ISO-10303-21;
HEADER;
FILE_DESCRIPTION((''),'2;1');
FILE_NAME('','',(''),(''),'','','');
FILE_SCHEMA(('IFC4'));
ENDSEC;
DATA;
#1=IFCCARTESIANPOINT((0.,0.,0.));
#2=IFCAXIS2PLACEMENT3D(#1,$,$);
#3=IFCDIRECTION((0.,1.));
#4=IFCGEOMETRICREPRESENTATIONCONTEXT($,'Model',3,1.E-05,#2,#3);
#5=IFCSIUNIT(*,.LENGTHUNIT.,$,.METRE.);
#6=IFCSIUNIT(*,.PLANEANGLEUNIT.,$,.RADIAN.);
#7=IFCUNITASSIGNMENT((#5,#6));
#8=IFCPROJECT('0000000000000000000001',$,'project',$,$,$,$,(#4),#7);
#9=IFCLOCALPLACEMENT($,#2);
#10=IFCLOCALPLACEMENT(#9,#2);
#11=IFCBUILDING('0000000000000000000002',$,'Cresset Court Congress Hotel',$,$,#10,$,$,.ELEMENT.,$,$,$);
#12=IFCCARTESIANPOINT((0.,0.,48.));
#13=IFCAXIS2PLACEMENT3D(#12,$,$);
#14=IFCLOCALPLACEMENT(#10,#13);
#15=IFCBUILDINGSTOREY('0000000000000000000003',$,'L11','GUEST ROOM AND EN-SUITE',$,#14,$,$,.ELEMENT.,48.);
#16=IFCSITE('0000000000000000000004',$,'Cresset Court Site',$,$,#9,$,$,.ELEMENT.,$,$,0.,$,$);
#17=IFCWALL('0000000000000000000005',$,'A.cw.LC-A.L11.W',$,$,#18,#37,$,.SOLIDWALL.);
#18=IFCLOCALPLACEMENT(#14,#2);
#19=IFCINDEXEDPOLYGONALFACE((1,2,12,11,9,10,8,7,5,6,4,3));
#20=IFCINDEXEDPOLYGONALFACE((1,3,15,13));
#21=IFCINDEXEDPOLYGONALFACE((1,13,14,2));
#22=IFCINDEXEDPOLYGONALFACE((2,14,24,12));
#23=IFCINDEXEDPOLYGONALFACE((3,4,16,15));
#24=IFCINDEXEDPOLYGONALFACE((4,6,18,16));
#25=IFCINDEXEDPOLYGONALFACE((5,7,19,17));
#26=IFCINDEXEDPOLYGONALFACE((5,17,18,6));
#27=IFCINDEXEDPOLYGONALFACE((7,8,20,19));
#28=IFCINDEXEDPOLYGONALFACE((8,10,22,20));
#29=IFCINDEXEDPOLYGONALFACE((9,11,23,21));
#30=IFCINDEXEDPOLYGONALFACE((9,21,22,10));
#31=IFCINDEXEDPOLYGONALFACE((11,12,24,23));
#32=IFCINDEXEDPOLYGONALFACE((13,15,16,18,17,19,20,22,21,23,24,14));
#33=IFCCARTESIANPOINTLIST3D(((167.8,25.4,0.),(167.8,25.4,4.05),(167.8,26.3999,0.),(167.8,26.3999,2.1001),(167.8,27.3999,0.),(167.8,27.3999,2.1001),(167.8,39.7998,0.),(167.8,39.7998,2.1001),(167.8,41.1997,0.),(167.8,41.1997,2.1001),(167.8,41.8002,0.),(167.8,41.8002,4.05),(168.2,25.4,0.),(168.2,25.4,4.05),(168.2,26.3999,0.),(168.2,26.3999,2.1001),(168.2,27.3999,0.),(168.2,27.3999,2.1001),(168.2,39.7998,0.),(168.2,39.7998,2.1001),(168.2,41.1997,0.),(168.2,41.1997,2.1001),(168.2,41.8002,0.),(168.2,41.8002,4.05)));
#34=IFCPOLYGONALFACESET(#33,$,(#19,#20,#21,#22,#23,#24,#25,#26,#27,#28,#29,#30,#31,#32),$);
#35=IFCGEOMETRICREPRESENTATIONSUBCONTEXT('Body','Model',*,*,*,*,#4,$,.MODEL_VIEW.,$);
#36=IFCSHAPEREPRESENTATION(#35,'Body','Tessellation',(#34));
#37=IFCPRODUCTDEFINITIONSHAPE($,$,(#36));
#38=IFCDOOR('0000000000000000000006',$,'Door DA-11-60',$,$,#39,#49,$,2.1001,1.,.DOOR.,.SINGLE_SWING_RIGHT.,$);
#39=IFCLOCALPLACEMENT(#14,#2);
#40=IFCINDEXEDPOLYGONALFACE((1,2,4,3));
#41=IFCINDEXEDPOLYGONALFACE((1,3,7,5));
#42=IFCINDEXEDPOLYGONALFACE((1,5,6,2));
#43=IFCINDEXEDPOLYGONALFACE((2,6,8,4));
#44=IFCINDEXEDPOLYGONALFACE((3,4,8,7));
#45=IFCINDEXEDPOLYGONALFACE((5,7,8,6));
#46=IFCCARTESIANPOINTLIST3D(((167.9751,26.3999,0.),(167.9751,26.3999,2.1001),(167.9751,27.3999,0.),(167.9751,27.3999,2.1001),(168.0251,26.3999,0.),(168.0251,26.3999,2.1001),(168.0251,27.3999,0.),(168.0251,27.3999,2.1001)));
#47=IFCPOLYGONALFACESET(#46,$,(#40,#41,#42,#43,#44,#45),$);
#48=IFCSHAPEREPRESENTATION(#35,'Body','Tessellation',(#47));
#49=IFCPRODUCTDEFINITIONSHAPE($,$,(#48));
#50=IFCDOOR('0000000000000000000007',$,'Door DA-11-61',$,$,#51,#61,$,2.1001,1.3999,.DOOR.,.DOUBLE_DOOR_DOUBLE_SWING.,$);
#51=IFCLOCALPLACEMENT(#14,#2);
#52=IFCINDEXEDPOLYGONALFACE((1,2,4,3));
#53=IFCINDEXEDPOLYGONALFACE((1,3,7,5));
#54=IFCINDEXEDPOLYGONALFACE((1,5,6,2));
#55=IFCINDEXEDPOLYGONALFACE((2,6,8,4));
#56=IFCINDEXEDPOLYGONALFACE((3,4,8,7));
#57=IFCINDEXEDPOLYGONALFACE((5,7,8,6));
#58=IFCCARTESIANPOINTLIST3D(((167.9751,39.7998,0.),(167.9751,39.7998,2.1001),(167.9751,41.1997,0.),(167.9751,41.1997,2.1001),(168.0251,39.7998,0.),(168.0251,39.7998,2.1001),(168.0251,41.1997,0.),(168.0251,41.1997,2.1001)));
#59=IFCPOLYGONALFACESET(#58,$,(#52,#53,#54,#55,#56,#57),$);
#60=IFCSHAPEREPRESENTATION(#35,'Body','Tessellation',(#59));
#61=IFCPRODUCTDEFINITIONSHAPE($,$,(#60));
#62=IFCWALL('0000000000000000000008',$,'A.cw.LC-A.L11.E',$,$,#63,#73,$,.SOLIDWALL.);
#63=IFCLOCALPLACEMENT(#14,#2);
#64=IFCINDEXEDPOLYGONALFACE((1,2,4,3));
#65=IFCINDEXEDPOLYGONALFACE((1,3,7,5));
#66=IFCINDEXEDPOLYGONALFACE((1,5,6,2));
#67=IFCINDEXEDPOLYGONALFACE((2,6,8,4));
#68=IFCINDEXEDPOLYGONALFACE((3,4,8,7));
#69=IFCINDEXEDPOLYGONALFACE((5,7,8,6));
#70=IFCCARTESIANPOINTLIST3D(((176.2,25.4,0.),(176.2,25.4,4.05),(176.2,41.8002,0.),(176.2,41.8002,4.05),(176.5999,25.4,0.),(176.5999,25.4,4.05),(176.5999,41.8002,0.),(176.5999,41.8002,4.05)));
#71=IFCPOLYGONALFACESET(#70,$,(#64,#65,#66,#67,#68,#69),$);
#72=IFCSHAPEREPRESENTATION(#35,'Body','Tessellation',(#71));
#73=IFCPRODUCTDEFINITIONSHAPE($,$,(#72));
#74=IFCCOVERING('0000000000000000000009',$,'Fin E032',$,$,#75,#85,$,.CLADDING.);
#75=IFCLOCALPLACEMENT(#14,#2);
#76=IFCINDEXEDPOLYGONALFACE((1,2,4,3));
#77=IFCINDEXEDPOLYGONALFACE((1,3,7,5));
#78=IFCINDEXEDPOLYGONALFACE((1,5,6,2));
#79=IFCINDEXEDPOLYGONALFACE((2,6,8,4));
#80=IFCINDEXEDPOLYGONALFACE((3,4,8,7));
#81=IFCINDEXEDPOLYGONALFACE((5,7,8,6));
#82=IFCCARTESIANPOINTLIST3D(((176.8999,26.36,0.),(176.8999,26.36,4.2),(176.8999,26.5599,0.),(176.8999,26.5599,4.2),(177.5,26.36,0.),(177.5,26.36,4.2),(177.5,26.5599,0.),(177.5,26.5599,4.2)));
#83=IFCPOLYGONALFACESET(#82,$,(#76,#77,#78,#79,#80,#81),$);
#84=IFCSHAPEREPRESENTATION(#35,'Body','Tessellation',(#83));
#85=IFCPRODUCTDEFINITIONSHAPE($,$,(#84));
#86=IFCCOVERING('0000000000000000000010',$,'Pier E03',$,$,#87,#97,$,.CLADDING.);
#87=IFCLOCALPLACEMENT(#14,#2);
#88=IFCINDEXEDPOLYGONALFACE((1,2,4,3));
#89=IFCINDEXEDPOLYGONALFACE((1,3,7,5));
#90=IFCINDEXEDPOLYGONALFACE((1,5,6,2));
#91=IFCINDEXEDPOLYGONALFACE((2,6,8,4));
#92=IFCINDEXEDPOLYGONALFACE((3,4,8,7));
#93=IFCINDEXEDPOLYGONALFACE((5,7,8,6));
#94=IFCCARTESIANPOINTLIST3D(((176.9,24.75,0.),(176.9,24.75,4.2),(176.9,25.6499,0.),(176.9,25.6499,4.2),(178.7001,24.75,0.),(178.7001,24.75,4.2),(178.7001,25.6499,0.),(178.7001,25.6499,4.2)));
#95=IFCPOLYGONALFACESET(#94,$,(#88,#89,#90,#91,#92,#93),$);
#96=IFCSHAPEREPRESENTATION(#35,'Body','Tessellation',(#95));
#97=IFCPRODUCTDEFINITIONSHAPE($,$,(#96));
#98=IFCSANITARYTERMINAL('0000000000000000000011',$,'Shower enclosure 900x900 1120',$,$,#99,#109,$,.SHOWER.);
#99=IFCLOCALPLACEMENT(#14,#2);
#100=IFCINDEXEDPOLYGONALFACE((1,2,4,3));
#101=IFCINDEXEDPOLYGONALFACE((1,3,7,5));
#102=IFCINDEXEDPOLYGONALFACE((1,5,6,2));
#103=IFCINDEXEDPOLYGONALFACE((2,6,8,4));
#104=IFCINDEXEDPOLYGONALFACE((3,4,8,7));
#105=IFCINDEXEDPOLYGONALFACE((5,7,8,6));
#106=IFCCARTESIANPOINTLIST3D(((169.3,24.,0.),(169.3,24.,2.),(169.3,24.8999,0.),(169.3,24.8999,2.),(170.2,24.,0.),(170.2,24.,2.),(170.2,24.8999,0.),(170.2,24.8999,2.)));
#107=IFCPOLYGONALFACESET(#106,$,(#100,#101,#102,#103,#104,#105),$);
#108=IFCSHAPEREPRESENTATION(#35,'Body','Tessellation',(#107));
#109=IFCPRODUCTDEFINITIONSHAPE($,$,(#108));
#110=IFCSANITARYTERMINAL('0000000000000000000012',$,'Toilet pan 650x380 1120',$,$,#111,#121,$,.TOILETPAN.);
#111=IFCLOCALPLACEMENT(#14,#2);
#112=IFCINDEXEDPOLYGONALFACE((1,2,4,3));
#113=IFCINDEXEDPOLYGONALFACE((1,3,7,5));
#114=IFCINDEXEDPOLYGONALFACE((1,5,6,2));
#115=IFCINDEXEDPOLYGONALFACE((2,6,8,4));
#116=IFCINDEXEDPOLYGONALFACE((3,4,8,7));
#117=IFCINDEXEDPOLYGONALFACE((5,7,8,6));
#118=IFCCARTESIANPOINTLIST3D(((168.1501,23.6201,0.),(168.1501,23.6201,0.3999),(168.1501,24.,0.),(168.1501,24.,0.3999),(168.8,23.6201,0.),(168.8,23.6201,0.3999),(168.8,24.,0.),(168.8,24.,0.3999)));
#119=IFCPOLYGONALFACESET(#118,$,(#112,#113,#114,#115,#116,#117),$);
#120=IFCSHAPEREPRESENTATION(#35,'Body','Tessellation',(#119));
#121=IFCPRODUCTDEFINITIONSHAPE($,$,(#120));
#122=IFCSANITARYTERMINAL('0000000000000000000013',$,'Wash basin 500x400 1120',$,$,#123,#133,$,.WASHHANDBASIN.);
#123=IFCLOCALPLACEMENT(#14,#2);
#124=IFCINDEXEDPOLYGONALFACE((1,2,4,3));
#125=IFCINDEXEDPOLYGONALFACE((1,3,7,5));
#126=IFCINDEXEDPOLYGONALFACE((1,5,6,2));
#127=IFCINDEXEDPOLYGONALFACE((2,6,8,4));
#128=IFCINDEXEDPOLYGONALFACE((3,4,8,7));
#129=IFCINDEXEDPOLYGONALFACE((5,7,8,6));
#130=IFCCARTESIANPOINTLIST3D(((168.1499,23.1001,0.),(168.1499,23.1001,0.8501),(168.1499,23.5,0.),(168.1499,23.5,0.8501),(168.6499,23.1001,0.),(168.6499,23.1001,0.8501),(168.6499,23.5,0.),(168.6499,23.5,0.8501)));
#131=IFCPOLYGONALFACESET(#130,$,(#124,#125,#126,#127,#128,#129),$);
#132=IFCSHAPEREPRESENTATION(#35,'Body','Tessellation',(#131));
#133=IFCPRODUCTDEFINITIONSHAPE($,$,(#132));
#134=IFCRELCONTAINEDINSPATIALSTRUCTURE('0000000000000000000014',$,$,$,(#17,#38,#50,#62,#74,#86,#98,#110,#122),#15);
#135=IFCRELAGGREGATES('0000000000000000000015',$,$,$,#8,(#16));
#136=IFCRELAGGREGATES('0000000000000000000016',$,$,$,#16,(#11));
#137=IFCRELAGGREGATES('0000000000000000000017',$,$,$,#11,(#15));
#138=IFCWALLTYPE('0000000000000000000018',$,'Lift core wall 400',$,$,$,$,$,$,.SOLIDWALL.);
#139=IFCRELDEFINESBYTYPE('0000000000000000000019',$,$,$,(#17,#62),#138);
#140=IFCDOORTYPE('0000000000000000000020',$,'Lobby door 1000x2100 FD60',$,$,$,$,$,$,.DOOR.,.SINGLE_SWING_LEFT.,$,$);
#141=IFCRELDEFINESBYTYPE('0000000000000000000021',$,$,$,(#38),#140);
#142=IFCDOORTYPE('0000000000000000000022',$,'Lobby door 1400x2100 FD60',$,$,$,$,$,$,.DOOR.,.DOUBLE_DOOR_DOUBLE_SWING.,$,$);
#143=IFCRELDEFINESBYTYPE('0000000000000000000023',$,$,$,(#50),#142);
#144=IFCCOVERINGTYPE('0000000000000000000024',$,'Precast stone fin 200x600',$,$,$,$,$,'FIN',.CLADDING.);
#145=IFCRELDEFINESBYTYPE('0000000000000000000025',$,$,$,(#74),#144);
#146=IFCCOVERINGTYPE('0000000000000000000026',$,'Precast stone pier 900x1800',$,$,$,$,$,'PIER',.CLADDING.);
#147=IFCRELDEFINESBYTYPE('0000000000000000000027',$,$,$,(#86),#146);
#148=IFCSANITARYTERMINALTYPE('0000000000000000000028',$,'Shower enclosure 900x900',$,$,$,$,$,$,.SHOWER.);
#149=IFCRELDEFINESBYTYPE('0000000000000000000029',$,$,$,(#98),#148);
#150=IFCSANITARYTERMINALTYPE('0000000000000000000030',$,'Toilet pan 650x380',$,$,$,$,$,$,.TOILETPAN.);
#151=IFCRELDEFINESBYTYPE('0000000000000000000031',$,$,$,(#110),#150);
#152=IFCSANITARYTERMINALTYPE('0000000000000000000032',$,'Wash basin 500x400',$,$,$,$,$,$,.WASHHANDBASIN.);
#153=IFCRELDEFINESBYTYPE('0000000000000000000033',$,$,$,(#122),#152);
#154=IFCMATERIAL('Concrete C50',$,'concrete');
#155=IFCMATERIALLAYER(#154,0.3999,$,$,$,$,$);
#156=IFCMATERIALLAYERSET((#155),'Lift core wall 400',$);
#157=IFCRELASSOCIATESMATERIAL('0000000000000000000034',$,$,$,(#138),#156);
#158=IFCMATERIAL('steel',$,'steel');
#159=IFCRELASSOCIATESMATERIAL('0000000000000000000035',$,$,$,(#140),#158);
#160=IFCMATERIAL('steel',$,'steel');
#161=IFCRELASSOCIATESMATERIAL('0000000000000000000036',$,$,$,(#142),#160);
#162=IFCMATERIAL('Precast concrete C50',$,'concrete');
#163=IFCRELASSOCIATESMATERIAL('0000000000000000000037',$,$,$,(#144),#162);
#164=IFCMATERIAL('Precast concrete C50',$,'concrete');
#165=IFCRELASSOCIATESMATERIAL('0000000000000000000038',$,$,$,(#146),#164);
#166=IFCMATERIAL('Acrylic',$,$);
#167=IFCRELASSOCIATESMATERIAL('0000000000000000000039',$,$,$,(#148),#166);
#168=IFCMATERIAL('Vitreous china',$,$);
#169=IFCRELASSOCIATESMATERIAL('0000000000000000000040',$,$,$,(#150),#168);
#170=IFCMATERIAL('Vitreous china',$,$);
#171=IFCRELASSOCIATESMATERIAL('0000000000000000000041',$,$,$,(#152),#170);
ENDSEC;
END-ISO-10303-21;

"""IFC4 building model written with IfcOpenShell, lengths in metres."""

from ifc_helpers import new_model, si_unit, direction, frame, frame_2d, origin, origin_2d, place, context, subcontext, project, spatial, rectangle, extrude, material, layer, layer_set, type_object, element, fill, save


model = new_model("IFC4")

# Units and contexts
model_context = context("Model", 3, precision=1e-05, world=origin(), true_north=direction((0.0, 1.0)))
body_context = subcontext(model_context, "Body", "Model", "MODEL_VIEW")
ifc_project = project(units=[si_unit("LENGTHUNIT", "METRE"), si_unit("PLANEANGLEUNIT", "RADIAN")], contexts=[model_context])

# Site, building, storey
site_placement = place(None, origin())
site = spatial("IfcSite", under=ifc_project, at=site_placement, Name="Cresset Court Site", CompositionType="ELEMENT", RefElevation=0.0)
building_placement = place(site_placement, origin())
building = spatial("IfcBuilding", under=site, at=building_placement, Name="Cresset Court Congress Hotel", CompositionType="ELEMENT")
storey_placement = place(building_placement, frame((0.0, 0.0, 48.0)))
storey = spatial("IfcBuildingStorey", under=building, at=storey_placement, Name="L11", Description="GUEST ROOM AND EN-SUITE", CompositionType="ELEMENT", Elevation=48.0)

# Shared definitions
ifc_material_1 = material(Name="Concrete C50", Category="concrete")
ifc_layer_1 = layer(ifc_material_1, 0.3999)
ifc_layer_set_1 = layer_set([ifc_layer_1], Name="Lift core wall 400")
wall_type_1 = type_object("IfcWallType", Name="Lift core wall 400", PredefinedType="SOLIDWALL", material=ifc_layer_set_1)

# Wall, openings, doors
wall_1_placement = place(storey_placement, frame((168.0, 25.3999, 0.0), z_axis=(0.0, 0.0, 1.0), x_axis=(0.0, 1.0, 0.0)))
wall_1 = element("IfcWall", 1, at=wall_1_placement, inside=storey, type_object=wall_type_1, Name="A.cw.LC-A.L11.W", PredefinedType="SOLIDWALL", context=body_context, shape_type="SweptSolid", body=[
    extrude(rectangle(XDim=16.4001, YDim=0.3999, at=frame_2d((8.2002, 0.0))), origin(), (0.0, 0.0, 1.0), 4.05),
])
opening_1_placement = place(wall_1_placement, frame((1.0, 0.0, 0.0)))
opening_1 = element("IfcOpeningElement", 2, at=opening_1_placement, cuts=wall_1, PredefinedType="OPENING", context=body_context, shape_type="SweptSolid", body=[
    extrude(rectangle(XDim=1.0, YDim=2.1001, at=frame_2d((0.5, 1.05))), frame((0.0, 0.21, 0.0), z_axis=(0.0, -1.0, 0.0), x_axis=(1.0, 0.0, 0.0)), (0.0, 0.0, 1.0), 0.4199),
])
opening_2_placement = place(wall_1_placement, frame((14.3999, 0.0, 0.0)))
opening_2 = element("IfcOpeningElement", 3, at=opening_2_placement, cuts=wall_1, PredefinedType="OPENING", context=body_context, shape_type="SweptSolid", body=[
    extrude(rectangle(XDim=1.3999, YDim=2.1001, at=frame_2d((0.7, 1.05))), frame((0.0, 0.21, 0.0), z_axis=(0.0, -1.0, 0.0), x_axis=(1.0, 0.0, 0.0)), (0.0, 0.0, 1.0), 0.4199),
])
ifc_material_2 = material(Name="steel", Category="steel")
door_type_1 = type_object("IfcDoorType", Name="Lobby door 1000x2100 FD60", OperationType="SINGLE_SWING_LEFT", PredefinedType="DOOR", material=ifc_material_2)
door_1_placement = place(opening_1_placement, origin())
door_1 = element("IfcDoor", 4, at=door_1_placement, inside=storey, type_object=door_type_1, Name="Door DA-11-60", OperationType="SINGLE_SWING_RIGHT", OverallHeight=2.1001, OverallWidth=1.0, PredefinedType="DOOR", context=body_context, shape_type="SweptSolid", body=[
    extrude(rectangle(XDim=1.0, YDim=2.1001, at=frame_2d((0.5, 1.05))), frame((0.0, 0.0249, 0.0), z_axis=(0.0, -1.0, 0.0), x_axis=(1.0, 0.0, 0.0)), (0.0, 0.0, 1.0), 0.05),
])
fill(opening_1, door_1)
ifc_material_3 = material(Name="steel", Category="steel")
door_type_2 = type_object("IfcDoorType", Name="Lobby door 1400x2100 FD60", OperationType="DOUBLE_DOOR_DOUBLE_SWING", PredefinedType="DOOR", material=ifc_material_3)
door_2_placement = place(opening_2_placement, origin())
door_2 = element("IfcDoor", 5, at=door_2_placement, inside=storey, type_object=door_type_2, Name="Door DA-11-61", OperationType="DOUBLE_DOOR_DOUBLE_SWING", OverallHeight=2.1001, OverallWidth=1.3999, PredefinedType="DOOR", context=body_context, shape_type="SweptSolid", body=[
    extrude(rectangle(XDim=1.3999, YDim=2.1001, at=frame_2d((0.7, 1.05))), frame((0.0, 0.0249, 0.0), z_axis=(0.0, -1.0, 0.0), x_axis=(1.0, 0.0, 0.0)), (0.0, 0.0, 1.0), 0.05),
])
fill(opening_2, door_2)

# Wall
wall_2_placement = place(storey_placement, frame((176.3999, 25.3999, 0.0), z_axis=(0.0, 0.0, 1.0), x_axis=(0.0, 1.0, 0.0)))
element("IfcWall", 6, at=wall_2_placement, inside=storey, type_object=wall_type_1, Name="A.cw.LC-A.L11.E", PredefinedType="SOLIDWALL", context=body_context, shape_type="SweptSolid", body=[
    extrude(rectangle(XDim=16.4001, YDim=0.3999, at=frame_2d((8.2002, 0.0))), origin(), (0.0, 0.0, 1.0), 4.05),
])

# Coverings
ifc_material_4 = material(Name="Precast concrete C50", Category="concrete")
covering_type_1 = type_object("IfcCoveringType", Name="Precast stone fin 200x600", ElementType="FIN", PredefinedType="CLADDING", material=ifc_material_4)
covering_1_placement = place(storey_placement, frame((177.2, 26.46, 0.0), z_axis=(0.0, 0.0, 1.0), x_axis=(1.0, 0.0, 0.0)))
element("IfcCovering", 7, at=covering_1_placement, inside=storey, type_object=covering_type_1, Name="Fin E032", PredefinedType="CLADDING", context=body_context, shape_type="SweptSolid", body=[
    extrude(rectangle(XDim=0.6001, YDim=0.2, at=origin_2d()), origin(), (0.0, 0.0, 1.0), 4.2),
])
ifc_material_5 = material(Name="Precast concrete C50", Category="concrete")
covering_type_2 = type_object("IfcCoveringType", Name="Precast stone pier 900x1800", ElementType="PIER", PredefinedType="CLADDING", material=ifc_material_5)
covering_2_placement = place(storey_placement, frame((177.8, 25.2, 0.0), z_axis=(0.0, 0.0, 1.0), x_axis=(1.0, 0.0, 0.0)))
element("IfcCovering", 8, at=covering_2_placement, inside=storey, type_object=covering_type_2, Name="Pier E03", PredefinedType="CLADDING", context=body_context, shape_type="SweptSolid", body=[
    extrude(rectangle(XDim=1.8, YDim=0.8999, at=origin_2d()), origin(), (0.0, 0.0, 1.0), 4.2),
])

# Sanitary terminals
ifc_material_6 = material(Name="Acrylic")
sanitary_terminal_type_1 = type_object("IfcSanitaryTerminalType", Name="Shower enclosure 900x900", PredefinedType="SHOWER", material=ifc_material_6)
sanitary_terminal_1_placement = place(storey_placement, frame((169.75, 24.45, 0.0), z_axis=(0.0, 0.0, 1.0), x_axis=(1.0, 0.0, 0.0)))
element("IfcSanitaryTerminal", 9, at=sanitary_terminal_1_placement, inside=storey, type_object=sanitary_terminal_type_1, Name="Shower enclosure 900x900 1120", PredefinedType="SHOWER", context=body_context, shape_type="SweptSolid", body=[
    extrude(rectangle(XDim=0.8999, YDim=0.8999, at=origin_2d()), origin(), (0.0, 0.0, 1.0), 2.0),
])
ifc_material_7 = material(Name="Vitreous china")
sanitary_terminal_type_2 = type_object("IfcSanitaryTerminalType", Name="Toilet pan 650x380", PredefinedType="TOILETPAN", material=ifc_material_7)
sanitary_terminal_2_placement = place(storey_placement, frame((168.4751, 23.8101, 0.0), z_axis=(0.0, 0.0, 1.0), x_axis=(1.0, 0.0, 0.0)))
element("IfcSanitaryTerminal", 10, at=sanitary_terminal_2_placement, inside=storey, type_object=sanitary_terminal_type_2, Name="Toilet pan 650x380 1120", PredefinedType="TOILETPAN", context=body_context, shape_type="SweptSolid", body=[
    extrude(rectangle(XDim=0.6499, YDim=0.3799, at=origin_2d()), origin(), (0.0, 0.0, 1.0), 0.3999),
])
ifc_material_8 = material(Name="Vitreous china")
sanitary_terminal_type_3 = type_object("IfcSanitaryTerminalType", Name="Wash basin 500x400", PredefinedType="WASHHANDBASIN", material=ifc_material_8)
sanitary_terminal_3_placement = place(storey_placement, frame((168.3999, 23.3, 0.0), z_axis=(0.0, 0.0, 1.0), x_axis=(1.0, 0.0, 0.0)))
element("IfcSanitaryTerminal", 11, at=sanitary_terminal_3_placement, inside=storey, type_object=sanitary_terminal_type_3, Name="Wash basin 500x400 1120", PredefinedType="WASHHANDBASIN", context=body_context, shape_type="SweptSolid", body=[
    extrude(rectangle(XDim=0.5, YDim=0.3999, at=origin_2d()), origin(), (0.0, 0.0, 1.0), 0.8501),
])

save(model, "model.ifc")
